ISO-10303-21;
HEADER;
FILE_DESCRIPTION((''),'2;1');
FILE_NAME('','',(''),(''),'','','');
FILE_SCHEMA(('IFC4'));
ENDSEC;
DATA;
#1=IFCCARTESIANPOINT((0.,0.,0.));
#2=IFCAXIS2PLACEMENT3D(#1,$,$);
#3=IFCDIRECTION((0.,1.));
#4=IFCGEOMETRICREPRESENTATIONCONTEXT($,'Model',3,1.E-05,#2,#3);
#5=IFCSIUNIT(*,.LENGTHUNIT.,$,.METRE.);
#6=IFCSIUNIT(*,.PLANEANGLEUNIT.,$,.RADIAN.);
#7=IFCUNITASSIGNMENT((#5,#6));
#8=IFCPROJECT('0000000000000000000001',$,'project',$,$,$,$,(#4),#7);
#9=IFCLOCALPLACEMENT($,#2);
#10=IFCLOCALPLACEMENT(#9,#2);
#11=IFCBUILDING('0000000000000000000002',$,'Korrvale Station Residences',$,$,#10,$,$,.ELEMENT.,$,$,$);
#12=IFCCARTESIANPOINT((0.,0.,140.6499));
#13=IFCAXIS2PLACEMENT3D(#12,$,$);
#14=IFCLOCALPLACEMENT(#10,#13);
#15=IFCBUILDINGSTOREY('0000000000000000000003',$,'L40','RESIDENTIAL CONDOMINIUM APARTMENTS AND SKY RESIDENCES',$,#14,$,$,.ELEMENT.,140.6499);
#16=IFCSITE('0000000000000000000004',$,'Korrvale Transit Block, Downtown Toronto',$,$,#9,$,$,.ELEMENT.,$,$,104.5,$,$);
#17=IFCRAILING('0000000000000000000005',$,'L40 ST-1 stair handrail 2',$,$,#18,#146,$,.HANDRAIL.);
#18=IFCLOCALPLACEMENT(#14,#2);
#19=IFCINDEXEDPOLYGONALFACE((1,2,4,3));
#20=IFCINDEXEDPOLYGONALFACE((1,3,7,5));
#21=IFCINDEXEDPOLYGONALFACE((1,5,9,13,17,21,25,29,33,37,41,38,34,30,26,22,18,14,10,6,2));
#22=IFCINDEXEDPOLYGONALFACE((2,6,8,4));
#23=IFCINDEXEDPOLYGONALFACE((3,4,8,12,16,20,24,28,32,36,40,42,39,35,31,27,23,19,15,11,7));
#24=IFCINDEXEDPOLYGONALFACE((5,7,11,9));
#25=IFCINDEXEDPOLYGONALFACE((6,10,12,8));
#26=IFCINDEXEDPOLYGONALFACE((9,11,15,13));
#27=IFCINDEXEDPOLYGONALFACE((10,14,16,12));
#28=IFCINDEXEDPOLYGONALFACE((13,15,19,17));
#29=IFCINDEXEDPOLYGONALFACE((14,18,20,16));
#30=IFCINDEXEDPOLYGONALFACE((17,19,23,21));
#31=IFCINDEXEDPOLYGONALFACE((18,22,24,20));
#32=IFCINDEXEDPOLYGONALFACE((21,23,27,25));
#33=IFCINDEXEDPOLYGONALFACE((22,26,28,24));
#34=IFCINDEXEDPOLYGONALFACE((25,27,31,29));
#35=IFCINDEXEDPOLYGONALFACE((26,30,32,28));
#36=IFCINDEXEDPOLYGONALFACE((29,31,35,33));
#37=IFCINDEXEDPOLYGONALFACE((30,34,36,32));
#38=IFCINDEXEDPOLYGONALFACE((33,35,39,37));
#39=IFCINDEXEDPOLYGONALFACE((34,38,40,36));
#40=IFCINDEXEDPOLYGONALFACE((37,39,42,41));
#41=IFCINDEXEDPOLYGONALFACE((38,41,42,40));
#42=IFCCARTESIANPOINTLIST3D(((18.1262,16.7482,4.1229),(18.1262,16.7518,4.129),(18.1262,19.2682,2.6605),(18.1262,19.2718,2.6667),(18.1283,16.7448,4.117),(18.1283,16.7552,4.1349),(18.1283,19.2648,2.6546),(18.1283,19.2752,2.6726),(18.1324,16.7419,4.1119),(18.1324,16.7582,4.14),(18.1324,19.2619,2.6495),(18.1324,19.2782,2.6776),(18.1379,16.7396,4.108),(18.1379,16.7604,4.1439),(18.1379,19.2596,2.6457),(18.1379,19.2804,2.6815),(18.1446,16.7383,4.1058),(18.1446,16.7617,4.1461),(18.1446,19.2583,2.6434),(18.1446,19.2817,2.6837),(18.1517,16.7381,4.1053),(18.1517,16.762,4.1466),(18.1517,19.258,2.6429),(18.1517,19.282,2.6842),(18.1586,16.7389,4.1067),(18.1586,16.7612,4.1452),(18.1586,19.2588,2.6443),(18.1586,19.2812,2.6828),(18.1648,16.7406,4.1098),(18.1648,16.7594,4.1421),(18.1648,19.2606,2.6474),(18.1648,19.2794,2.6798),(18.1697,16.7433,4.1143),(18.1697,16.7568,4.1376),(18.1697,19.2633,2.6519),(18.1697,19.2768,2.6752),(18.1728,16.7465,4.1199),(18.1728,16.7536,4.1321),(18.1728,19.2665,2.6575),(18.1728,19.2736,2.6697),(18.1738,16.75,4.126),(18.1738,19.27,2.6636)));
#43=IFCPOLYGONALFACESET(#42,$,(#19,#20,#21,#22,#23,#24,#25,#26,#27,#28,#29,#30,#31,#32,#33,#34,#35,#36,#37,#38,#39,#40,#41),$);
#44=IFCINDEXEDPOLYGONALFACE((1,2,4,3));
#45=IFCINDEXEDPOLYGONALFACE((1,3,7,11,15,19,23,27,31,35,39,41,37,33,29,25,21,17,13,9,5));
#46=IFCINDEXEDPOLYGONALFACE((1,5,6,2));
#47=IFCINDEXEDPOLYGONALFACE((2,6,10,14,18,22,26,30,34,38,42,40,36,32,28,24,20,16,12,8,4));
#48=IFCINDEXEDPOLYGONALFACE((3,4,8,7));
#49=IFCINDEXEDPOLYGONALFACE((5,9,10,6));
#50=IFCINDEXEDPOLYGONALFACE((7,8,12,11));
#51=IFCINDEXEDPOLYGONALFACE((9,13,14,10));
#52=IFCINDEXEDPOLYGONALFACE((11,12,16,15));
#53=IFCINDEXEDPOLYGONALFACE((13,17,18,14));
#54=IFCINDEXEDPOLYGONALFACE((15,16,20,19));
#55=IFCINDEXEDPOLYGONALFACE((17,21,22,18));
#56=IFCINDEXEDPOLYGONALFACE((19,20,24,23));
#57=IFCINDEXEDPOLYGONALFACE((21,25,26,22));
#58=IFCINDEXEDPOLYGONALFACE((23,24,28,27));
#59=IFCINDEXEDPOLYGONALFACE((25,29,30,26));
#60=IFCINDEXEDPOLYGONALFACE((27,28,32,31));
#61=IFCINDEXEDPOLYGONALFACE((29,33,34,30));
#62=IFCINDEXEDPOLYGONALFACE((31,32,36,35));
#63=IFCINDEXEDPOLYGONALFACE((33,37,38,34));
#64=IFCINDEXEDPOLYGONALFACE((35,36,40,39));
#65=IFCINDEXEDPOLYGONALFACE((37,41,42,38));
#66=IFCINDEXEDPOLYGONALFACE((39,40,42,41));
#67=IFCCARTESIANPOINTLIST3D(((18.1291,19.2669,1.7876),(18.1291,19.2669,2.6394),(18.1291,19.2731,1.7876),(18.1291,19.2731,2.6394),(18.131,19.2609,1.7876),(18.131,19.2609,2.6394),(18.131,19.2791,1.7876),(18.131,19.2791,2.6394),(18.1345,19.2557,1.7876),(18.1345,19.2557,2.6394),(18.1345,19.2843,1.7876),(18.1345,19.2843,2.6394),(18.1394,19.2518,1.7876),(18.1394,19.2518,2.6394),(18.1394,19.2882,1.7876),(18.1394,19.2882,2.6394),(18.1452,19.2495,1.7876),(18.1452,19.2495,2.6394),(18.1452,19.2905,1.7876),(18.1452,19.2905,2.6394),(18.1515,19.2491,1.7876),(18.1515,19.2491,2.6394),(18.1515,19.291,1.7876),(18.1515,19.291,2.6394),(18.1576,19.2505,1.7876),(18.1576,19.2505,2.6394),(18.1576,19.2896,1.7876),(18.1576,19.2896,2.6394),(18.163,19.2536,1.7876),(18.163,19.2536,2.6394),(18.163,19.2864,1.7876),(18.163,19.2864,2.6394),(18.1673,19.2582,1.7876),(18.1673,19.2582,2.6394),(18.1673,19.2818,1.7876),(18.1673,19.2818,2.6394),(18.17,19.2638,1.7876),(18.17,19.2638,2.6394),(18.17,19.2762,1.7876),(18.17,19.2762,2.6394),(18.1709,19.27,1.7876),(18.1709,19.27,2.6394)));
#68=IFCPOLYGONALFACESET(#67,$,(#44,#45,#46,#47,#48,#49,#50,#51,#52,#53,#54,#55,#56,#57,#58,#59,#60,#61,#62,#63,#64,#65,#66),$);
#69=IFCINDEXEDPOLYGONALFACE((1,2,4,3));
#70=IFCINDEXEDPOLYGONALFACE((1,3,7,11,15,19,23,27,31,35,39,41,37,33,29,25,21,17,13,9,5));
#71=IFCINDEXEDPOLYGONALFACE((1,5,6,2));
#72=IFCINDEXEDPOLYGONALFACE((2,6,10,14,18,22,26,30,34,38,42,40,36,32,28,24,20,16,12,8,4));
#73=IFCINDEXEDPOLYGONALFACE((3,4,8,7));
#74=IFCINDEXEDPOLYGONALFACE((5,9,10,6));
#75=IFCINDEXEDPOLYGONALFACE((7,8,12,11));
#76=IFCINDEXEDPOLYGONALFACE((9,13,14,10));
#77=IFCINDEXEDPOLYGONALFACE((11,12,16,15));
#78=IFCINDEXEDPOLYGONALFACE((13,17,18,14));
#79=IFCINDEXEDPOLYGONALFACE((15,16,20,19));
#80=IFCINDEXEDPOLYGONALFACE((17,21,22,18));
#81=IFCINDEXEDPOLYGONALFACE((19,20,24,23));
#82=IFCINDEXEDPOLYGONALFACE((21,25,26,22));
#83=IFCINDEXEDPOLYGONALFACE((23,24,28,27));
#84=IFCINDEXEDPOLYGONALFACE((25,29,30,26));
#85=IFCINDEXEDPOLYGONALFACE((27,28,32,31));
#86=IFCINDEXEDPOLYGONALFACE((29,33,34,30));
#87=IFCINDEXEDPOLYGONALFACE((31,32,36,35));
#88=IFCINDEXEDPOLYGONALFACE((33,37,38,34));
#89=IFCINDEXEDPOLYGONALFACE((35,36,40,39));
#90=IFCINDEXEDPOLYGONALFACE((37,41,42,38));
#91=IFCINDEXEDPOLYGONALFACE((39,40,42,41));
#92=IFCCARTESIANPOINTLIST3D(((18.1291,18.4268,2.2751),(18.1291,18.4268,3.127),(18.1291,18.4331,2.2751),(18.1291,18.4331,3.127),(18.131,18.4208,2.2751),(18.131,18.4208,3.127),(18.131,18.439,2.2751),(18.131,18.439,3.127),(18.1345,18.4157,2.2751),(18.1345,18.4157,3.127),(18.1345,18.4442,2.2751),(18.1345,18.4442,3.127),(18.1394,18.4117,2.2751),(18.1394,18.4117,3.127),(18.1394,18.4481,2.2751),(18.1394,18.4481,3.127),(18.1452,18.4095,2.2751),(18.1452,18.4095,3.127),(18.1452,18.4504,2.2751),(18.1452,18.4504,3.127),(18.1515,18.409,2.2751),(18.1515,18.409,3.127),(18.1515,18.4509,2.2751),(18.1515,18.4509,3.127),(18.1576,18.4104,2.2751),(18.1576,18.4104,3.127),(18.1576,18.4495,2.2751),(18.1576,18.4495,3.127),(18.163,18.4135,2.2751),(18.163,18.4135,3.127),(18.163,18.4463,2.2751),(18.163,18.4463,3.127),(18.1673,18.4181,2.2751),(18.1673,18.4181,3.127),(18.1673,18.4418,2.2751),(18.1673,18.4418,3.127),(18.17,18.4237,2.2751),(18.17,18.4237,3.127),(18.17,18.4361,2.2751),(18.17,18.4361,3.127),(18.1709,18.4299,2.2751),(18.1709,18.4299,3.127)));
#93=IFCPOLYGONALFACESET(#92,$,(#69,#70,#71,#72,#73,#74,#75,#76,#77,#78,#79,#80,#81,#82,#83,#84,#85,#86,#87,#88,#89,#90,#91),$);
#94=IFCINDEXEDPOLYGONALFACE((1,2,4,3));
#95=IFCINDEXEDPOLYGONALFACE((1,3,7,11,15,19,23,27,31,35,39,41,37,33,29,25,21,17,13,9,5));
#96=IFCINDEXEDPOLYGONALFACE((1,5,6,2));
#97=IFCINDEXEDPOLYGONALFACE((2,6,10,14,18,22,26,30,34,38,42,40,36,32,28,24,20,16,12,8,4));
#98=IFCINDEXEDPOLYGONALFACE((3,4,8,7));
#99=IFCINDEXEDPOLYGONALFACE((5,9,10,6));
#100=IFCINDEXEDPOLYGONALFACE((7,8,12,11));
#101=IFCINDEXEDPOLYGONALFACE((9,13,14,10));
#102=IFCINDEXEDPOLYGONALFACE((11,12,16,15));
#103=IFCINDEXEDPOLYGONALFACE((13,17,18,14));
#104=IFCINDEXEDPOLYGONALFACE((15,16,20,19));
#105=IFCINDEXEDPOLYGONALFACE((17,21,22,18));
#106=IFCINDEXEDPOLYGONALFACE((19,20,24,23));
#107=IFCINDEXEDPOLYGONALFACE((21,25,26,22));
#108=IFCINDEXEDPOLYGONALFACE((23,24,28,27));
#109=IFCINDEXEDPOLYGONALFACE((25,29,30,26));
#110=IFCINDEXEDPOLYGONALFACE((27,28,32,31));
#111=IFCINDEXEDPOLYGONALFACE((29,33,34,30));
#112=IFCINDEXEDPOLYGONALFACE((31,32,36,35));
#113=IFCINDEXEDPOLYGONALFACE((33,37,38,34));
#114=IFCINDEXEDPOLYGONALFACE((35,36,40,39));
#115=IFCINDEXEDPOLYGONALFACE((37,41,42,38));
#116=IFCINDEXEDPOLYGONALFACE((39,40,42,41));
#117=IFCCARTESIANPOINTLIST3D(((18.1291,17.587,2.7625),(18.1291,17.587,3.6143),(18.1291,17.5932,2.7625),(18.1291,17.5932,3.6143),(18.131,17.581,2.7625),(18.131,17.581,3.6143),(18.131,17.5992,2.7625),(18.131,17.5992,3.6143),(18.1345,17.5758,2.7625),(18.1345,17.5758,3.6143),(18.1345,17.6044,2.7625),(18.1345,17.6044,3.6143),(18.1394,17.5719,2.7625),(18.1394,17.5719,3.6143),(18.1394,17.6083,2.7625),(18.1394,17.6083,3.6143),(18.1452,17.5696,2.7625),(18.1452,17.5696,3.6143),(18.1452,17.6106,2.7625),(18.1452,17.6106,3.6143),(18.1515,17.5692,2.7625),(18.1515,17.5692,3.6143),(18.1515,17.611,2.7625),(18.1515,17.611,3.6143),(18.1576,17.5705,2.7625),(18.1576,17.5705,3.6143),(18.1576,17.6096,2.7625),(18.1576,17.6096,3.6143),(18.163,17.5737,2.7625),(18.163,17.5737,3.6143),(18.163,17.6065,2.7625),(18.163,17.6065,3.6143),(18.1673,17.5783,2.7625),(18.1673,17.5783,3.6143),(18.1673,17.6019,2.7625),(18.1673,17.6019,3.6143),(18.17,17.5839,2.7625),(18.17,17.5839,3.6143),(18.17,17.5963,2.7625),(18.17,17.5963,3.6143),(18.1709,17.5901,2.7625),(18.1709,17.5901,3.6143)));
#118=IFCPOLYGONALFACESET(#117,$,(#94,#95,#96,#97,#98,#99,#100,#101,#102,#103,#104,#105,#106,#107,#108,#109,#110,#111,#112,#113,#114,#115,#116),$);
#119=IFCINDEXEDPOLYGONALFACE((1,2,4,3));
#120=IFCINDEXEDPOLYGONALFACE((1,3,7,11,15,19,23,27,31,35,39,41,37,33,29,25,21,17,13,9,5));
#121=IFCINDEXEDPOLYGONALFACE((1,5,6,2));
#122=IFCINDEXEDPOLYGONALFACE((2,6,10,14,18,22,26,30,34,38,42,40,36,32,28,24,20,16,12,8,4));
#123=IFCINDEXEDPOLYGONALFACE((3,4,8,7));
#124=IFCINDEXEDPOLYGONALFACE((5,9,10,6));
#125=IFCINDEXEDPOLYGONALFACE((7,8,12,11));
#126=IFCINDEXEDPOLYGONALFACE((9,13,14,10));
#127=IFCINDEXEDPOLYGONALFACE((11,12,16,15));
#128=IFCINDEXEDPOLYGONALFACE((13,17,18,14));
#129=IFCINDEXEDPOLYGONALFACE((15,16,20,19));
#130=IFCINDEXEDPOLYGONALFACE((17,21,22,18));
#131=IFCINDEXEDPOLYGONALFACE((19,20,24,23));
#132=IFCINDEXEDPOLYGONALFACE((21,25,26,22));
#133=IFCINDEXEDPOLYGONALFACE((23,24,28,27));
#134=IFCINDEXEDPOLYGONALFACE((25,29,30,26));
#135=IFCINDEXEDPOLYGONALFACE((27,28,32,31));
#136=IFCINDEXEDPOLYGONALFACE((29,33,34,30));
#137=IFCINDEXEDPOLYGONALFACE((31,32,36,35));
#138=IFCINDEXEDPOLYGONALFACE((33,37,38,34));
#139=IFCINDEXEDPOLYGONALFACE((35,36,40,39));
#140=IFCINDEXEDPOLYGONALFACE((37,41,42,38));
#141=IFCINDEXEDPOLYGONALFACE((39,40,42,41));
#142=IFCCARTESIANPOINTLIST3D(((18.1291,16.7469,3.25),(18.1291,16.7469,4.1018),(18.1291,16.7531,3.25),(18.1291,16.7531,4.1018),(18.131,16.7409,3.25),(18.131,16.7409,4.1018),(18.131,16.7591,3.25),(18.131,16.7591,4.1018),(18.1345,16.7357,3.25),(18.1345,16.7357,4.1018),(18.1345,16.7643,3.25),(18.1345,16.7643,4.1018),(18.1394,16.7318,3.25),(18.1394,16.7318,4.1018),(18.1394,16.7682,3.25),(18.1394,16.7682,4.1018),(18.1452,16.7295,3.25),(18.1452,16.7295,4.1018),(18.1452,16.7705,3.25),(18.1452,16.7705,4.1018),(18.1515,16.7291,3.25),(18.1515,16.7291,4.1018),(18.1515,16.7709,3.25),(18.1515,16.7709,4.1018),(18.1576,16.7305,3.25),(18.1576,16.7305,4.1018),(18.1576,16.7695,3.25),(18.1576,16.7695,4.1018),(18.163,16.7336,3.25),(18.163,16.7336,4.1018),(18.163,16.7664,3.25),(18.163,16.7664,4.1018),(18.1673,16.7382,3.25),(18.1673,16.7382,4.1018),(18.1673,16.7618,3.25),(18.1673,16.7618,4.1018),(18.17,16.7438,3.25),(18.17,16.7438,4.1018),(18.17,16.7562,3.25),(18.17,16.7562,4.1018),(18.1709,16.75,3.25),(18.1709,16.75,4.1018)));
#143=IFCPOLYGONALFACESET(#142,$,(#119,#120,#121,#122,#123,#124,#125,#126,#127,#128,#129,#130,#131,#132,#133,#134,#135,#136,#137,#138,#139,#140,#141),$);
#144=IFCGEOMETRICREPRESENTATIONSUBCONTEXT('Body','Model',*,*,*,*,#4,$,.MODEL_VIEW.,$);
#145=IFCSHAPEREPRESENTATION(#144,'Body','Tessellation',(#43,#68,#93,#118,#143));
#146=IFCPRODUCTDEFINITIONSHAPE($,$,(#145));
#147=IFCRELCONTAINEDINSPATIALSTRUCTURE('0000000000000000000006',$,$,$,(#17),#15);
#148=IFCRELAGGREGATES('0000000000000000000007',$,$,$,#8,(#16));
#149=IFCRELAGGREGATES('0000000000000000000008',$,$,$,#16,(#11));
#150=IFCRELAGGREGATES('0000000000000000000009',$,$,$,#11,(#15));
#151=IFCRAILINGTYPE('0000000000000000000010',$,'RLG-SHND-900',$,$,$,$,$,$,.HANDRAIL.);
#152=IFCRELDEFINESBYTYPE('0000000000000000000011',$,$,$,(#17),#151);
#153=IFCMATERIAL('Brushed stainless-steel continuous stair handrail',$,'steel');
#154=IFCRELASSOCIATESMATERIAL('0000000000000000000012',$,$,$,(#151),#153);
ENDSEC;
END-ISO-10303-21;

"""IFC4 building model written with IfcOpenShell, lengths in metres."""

from ifc_helpers import new_model, si_unit, direction, frame, origin, origin_2d, place, context, subcontext, project, spatial, circle, extrude, material, type_object, element, save


model = new_model("IFC4")

# Units and contexts
model_context = context("Model", 3, precision=1e-05, world=origin(), true_north=direction((0.0, 1.0)))
body_context = subcontext(model_context, "Body", "Model", "MODEL_VIEW")
ifc_project = project(units=[si_unit("LENGTHUNIT", "METRE"), si_unit("PLANEANGLEUNIT", "RADIAN")], contexts=[model_context])

# Site, building, storey
site_placement = place(None, origin())
site = spatial("IfcSite", under=ifc_project, at=site_placement, Name="Korrvale Transit Block, Downtown Toronto", CompositionType="ELEMENT", RefElevation=104.5)
building_placement = place(site_placement, origin())
building = spatial("IfcBuilding", under=site, at=building_placement, Name="Korrvale Station Residences", CompositionType="ELEMENT")
storey_placement = place(building_placement, frame((0.0, 0.0, 140.6499)))
storey = spatial("IfcBuildingStorey", under=building, at=storey_placement, Name="L40", Description="RESIDENTIAL CONDOMINIUM APARTMENTS AND SKY RESIDENCES", CompositionType="ELEMENT", Elevation=140.6499)

# Railing
ifc_material_1 = material(Name="Brushed stainless-steel continuous stair handrail", Category="steel")
railing_type_1 = type_object("IfcRailingType", Name="RLG-SHND-900", PredefinedType="HANDRAIL", material=ifc_material_1)
railing_1_placement = place(storey_placement, frame((18.1499, 19.27, 1.7876)))
element("IfcRailing", 1, at=railing_1_placement, inside=storey, type_object=railing_type_1, Name="L40 ST-1 stair handrail 2", PredefinedType="HANDRAIL", context=body_context, shape_type="SweptSolid", body=[
    extrude(circle(Radius=0.0239, at=origin_2d()), frame((0.0, 0.0, 0.876), z_axis=(0.0, -0.864913, 0.501921), x_axis=(1.0, 0.0, 0.0)), (0.0, 0.0, 1.0), 2.9136),
    extrude(circle(Radius=0.021, at=origin_2d()), origin(), (0.0, 0.0, 1.0), 0.8518),
    extrude(circle(Radius=0.021, at=origin_2d()), frame((0.0, -0.8401, 0.4875)), (0.0, 0.0, 1.0), 0.8518),
    extrude(circle(Radius=0.021, at=origin_2d()), frame((0.0, -1.6799, 0.9749)), (0.0, 0.0, 1.0), 0.8518),
    extrude(circle(Radius=0.021, at=origin_2d()), frame((0.0, -2.52, 1.4624)), (0.0, 0.0, 1.0), 0.8518),
])

save(model, "model.ifc")
